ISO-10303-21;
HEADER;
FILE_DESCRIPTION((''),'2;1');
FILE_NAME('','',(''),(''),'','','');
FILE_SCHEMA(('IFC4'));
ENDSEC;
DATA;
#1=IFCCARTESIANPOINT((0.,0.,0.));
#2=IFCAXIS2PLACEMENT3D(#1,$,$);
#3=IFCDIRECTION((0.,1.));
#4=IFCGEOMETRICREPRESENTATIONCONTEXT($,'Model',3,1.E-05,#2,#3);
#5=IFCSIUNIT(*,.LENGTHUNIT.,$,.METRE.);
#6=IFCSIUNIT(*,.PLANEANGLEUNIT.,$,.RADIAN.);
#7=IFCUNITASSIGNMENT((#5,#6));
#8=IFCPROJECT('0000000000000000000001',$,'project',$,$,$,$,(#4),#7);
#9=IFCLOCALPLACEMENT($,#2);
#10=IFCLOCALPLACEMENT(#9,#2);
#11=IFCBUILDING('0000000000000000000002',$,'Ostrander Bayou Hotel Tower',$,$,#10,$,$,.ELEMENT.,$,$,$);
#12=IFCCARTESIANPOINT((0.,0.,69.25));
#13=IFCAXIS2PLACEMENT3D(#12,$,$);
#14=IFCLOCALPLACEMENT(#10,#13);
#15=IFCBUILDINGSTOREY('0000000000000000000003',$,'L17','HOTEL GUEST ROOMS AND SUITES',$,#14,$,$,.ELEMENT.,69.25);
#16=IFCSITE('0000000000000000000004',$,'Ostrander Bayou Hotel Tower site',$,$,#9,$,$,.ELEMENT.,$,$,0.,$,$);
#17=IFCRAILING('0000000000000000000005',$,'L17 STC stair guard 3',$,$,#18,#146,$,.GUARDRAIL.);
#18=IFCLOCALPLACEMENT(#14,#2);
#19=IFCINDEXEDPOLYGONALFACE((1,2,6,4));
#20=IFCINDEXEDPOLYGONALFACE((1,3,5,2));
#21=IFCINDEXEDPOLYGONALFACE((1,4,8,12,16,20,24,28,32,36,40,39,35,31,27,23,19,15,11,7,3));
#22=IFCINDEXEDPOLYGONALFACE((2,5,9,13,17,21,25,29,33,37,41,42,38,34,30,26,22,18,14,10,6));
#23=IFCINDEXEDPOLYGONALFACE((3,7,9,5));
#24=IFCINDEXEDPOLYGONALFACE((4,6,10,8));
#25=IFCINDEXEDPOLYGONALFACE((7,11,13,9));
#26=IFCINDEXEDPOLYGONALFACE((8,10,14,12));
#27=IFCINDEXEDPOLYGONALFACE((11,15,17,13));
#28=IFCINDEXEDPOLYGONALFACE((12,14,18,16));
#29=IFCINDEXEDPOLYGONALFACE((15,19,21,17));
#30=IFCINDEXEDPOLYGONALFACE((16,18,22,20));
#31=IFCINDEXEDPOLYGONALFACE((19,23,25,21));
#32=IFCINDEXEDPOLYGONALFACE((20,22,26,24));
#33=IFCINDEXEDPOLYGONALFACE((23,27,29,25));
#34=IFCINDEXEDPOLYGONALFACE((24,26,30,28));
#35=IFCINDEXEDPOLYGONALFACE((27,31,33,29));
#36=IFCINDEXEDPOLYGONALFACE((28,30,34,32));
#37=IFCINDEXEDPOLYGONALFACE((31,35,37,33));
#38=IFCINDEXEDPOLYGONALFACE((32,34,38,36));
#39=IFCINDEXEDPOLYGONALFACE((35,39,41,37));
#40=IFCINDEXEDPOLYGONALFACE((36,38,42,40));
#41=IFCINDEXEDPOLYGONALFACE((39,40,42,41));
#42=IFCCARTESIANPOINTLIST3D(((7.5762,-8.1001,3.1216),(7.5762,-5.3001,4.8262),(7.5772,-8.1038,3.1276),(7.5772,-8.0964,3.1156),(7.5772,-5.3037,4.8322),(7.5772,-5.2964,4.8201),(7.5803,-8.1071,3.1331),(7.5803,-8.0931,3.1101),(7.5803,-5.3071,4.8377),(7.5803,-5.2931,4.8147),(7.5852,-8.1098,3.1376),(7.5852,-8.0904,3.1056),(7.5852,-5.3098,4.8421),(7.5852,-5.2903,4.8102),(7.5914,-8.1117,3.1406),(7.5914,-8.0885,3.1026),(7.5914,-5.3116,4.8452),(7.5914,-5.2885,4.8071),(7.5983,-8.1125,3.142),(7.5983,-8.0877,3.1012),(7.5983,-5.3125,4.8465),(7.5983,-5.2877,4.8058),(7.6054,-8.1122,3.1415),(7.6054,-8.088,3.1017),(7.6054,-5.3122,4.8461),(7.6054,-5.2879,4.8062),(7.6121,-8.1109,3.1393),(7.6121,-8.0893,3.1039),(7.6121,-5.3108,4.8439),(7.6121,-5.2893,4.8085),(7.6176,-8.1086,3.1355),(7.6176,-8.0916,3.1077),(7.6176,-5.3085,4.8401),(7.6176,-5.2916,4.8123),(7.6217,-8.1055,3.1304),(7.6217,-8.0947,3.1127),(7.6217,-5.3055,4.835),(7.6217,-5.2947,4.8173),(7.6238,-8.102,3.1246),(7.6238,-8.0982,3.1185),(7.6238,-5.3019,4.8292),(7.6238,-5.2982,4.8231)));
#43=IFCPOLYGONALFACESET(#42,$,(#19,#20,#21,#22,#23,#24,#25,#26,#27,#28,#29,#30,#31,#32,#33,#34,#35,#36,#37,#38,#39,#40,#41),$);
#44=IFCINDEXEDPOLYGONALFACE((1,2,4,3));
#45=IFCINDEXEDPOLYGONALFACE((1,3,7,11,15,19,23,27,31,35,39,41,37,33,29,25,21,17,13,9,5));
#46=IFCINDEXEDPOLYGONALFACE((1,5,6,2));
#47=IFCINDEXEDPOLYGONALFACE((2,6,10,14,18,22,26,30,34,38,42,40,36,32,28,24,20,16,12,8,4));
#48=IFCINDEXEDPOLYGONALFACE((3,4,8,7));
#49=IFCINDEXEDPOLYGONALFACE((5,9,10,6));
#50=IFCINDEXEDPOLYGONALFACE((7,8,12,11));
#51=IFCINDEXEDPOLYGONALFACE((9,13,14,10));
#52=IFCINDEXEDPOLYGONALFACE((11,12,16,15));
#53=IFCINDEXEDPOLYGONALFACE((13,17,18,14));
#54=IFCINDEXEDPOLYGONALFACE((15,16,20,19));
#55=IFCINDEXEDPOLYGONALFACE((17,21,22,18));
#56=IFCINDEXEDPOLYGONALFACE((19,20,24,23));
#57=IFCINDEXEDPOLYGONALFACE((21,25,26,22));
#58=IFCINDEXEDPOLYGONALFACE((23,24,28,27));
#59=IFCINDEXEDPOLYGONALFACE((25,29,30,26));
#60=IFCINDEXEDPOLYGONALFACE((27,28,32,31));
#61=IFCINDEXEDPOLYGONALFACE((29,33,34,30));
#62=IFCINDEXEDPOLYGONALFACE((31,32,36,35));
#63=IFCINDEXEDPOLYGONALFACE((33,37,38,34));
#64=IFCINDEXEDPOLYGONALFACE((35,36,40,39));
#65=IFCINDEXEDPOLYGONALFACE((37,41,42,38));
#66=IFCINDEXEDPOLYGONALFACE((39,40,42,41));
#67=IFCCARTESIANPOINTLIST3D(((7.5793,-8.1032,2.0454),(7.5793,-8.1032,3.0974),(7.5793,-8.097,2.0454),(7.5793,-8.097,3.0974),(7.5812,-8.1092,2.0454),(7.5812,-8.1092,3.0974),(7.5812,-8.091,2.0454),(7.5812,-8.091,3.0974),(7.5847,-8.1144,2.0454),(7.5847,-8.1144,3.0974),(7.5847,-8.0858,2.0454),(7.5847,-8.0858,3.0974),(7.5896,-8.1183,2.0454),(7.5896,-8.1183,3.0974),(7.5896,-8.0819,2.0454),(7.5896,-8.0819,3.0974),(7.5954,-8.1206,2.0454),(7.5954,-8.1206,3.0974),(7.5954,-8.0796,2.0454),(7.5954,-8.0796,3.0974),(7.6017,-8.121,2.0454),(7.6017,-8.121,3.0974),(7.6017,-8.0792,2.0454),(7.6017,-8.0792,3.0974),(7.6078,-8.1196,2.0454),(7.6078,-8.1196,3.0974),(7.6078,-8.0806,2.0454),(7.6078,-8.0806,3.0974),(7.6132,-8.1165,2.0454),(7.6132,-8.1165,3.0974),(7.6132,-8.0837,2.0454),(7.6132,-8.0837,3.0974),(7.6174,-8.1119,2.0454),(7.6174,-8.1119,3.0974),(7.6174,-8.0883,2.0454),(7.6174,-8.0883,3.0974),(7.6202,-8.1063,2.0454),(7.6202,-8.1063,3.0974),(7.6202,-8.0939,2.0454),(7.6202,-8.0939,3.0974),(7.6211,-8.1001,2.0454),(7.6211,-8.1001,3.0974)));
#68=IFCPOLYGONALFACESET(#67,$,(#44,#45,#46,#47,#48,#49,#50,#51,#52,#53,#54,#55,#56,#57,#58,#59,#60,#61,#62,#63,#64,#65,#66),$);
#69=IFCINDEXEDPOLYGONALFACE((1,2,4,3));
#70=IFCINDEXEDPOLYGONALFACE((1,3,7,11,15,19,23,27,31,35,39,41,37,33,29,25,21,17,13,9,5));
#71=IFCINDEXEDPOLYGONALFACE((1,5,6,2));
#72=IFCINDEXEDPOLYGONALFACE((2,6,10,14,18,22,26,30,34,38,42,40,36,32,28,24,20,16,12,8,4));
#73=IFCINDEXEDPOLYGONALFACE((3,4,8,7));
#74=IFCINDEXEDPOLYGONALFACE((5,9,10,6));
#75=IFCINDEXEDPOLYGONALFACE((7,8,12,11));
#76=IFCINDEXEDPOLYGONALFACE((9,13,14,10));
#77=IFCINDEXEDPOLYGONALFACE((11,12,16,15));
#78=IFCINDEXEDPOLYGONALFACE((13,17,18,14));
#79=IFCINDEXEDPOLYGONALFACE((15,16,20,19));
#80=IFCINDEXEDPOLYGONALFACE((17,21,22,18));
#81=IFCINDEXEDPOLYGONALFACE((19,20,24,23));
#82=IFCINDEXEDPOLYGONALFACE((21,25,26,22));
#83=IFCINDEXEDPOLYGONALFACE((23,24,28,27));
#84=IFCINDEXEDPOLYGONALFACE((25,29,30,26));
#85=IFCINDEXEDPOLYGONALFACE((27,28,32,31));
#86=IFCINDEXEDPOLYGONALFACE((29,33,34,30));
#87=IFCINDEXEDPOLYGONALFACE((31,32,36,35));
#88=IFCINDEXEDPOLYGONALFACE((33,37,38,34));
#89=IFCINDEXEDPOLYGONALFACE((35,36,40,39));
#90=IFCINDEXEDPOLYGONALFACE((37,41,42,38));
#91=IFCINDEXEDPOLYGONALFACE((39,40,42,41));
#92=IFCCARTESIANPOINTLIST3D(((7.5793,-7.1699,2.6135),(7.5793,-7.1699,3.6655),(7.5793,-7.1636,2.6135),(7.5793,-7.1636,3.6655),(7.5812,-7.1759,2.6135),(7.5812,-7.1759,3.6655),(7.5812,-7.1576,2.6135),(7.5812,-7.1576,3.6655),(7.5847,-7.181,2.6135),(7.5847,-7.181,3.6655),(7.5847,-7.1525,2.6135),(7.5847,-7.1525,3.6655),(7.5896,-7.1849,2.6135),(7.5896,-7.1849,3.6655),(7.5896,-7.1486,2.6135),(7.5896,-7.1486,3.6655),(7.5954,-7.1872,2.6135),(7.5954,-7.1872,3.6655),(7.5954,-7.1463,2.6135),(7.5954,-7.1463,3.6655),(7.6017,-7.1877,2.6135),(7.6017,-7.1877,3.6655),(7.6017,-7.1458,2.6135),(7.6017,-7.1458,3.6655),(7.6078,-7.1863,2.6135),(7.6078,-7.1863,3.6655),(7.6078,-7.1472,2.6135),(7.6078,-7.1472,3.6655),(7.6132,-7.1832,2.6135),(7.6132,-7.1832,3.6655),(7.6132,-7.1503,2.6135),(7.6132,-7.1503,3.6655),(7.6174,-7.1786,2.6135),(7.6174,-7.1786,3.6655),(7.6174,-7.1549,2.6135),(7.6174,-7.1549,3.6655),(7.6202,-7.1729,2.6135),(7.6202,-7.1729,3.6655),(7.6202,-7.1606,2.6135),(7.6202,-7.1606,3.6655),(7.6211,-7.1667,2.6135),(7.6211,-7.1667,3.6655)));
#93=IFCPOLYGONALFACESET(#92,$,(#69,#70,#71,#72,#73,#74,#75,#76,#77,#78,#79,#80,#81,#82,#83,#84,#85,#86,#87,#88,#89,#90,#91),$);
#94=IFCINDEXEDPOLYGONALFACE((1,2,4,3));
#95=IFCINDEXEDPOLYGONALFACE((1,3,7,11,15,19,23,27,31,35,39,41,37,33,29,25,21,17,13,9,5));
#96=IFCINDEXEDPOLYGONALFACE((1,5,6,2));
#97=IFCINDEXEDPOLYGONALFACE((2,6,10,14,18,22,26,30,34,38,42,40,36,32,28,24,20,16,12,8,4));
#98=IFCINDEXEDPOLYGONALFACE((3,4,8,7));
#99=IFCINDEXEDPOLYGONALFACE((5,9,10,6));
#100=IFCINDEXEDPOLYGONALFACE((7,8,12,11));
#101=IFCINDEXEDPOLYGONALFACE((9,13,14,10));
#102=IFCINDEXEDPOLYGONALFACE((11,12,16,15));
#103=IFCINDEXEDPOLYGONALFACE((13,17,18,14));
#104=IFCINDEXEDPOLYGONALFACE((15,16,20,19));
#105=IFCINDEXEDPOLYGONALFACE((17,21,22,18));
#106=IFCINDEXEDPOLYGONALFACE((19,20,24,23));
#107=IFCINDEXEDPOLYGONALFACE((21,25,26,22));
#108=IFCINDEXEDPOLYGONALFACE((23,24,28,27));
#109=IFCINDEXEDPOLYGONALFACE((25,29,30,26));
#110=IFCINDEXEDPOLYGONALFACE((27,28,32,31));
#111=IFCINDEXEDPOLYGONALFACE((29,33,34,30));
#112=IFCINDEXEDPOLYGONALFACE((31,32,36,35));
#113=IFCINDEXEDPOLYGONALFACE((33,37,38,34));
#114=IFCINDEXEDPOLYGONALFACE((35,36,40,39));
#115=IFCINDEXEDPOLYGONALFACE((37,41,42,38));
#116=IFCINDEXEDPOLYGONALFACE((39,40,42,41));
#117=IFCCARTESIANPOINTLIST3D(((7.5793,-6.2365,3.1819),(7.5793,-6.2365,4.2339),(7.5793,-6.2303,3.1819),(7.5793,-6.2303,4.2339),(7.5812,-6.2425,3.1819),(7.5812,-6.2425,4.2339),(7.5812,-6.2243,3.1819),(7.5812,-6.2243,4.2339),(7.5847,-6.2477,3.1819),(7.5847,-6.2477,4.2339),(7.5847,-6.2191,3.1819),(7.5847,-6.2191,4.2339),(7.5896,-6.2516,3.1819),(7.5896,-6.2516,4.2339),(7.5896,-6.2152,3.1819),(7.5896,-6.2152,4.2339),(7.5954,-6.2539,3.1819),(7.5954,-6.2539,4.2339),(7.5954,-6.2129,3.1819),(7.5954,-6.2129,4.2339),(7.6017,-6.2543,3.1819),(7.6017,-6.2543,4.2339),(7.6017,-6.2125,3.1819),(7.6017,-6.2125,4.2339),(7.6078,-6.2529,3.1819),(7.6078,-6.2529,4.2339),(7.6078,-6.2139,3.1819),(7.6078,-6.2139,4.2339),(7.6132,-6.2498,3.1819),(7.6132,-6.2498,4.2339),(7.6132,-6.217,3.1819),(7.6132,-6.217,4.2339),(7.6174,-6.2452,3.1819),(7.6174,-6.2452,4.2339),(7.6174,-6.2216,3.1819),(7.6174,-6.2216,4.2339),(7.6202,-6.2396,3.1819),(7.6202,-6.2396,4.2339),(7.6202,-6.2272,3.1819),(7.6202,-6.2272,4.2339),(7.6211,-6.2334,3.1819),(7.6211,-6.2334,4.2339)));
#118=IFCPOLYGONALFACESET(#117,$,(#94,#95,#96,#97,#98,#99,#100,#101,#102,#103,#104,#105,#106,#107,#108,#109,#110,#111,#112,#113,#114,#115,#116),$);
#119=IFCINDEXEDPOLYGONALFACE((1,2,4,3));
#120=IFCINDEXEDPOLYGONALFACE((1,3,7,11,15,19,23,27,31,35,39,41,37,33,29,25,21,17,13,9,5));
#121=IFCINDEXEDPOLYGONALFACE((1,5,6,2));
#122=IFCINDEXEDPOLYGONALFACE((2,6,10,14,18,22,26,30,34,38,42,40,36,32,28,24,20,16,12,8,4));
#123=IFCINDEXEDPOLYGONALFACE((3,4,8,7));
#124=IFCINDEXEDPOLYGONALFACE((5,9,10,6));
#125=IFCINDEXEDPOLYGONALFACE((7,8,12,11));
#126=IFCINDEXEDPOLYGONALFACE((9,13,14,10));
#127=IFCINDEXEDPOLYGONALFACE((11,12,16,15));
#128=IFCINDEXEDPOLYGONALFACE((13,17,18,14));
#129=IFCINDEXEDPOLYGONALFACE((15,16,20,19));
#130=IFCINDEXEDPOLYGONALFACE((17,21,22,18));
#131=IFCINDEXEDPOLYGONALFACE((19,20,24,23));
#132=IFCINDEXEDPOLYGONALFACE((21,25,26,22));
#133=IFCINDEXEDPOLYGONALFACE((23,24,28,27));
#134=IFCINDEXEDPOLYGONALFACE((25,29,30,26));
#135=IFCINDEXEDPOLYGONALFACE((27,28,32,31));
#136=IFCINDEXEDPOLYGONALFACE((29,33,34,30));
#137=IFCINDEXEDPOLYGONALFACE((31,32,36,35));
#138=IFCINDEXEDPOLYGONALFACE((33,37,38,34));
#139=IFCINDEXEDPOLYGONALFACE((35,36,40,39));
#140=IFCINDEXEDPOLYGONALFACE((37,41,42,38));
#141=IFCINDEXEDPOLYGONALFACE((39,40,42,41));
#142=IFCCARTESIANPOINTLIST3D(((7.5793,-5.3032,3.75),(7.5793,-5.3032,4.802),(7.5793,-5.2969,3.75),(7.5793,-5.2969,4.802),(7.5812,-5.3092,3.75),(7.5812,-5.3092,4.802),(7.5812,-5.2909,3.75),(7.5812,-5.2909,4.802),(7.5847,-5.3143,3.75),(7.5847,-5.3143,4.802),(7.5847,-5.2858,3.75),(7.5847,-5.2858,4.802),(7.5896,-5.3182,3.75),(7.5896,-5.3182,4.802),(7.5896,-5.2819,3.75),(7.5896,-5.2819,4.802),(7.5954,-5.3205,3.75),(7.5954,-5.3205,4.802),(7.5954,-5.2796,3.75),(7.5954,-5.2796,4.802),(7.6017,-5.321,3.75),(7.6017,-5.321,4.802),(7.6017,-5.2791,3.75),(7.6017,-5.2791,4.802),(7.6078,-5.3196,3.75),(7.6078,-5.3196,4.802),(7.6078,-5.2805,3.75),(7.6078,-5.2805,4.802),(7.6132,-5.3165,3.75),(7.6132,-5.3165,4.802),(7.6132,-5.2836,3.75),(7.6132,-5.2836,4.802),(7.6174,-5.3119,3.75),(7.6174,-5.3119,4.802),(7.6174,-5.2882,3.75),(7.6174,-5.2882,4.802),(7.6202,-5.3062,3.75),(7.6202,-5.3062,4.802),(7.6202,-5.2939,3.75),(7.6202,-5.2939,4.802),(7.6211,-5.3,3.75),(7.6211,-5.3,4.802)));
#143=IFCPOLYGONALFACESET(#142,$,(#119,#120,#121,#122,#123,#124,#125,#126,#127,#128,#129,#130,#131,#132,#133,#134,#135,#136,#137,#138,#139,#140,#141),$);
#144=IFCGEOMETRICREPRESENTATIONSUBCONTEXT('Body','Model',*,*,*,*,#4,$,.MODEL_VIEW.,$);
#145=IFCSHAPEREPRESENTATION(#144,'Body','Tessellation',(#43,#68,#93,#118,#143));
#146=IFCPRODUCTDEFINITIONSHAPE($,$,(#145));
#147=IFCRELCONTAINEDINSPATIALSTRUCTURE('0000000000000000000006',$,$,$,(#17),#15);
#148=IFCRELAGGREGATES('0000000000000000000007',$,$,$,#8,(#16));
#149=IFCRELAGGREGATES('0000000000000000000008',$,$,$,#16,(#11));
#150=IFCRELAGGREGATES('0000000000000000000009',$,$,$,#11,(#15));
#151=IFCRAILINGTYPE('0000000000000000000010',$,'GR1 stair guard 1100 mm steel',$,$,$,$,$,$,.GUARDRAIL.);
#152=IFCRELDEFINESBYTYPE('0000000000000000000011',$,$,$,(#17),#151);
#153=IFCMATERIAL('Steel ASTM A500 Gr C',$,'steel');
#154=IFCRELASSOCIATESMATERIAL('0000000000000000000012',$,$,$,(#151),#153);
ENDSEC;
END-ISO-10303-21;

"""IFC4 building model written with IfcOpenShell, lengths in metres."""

from ifc_helpers import new_model, si_unit, direction, frame, origin, origin_2d, place, context, subcontext, project, spatial, circle, extrude, material, type_object, element, save


model = new_model("IFC4")

# Units and contexts
model_context = context("Model", 3, precision=1e-05, world=origin(), true_north=direction((0.0, 1.0)))
body_context = subcontext(model_context, "Body", "Model", "MODEL_VIEW")
ifc_project = project(units=[si_unit("LENGTHUNIT", "METRE"), si_unit("PLANEANGLEUNIT", "RADIAN")], contexts=[model_context])

# Site, building, storey
site_placement = place(None, origin())
site = spatial("IfcSite", under=ifc_project, at=site_placement, Name="Ostrander Bayou Hotel Tower site", CompositionType="ELEMENT", RefElevation=0.0)
building_placement = place(site_placement, origin())
building = spatial("IfcBuilding", under=site, at=building_placement, Name="Ostrander Bayou Hotel Tower", CompositionType="ELEMENT")
storey_placement = place(building_placement, frame((0.0, 0.0, 69.25)))
storey = spatial("IfcBuildingStorey", under=building, at=storey_placement, Name="L17", Description="HOTEL GUEST ROOMS AND SUITES", CompositionType="ELEMENT", Elevation=69.25)

# Railing
ifc_material_1 = material(Name="Steel ASTM A500 Gr C", Category="steel")
railing_type_1 = type_object("IfcRailingType", Name="GR1 stair guard 1100 mm steel", PredefinedType="GUARDRAIL", material=ifc_material_1)
railing_1_placement = place(storey_placement, frame((7.6001, -8.1001, 2.0454)))
element("IfcRailing", 1, at=railing_1_placement, inside=storey, type_object=railing_type_1, Name="L17 STC stair guard 3", PredefinedType="GUARDRAIL", context=body_context, shape_type="SweptSolid", body=[
    extrude(circle(Radius=0.0239, at=origin_2d()), frame((0.0, 0.0, 1.0762), z_axis=(0.0, 0.85417, 0.519994), x_axis=(-1.0, 0.0, 0.0)), (0.0, 0.0, 1.0), 3.2781),
    extrude(circle(Radius=0.021, at=origin_2d()), origin(), (0.0, 0.0, 1.0), 1.052),
    extrude(circle(Radius=0.021, at=origin_2d()), frame((0.0, 0.9333, 0.5681)), (0.0, 0.0, 1.0), 1.052),
    extrude(circle(Radius=0.021, at=origin_2d()), frame((0.0, 1.8667, 1.1365)), (0.0, 0.0, 1.0), 1.052),
    extrude(circle(Radius=0.021, at=origin_2d()), frame((0.0, 2.8, 1.7046)), (0.0, 0.0, 1.0), 1.052),
])

save(model, "model.ifc")
